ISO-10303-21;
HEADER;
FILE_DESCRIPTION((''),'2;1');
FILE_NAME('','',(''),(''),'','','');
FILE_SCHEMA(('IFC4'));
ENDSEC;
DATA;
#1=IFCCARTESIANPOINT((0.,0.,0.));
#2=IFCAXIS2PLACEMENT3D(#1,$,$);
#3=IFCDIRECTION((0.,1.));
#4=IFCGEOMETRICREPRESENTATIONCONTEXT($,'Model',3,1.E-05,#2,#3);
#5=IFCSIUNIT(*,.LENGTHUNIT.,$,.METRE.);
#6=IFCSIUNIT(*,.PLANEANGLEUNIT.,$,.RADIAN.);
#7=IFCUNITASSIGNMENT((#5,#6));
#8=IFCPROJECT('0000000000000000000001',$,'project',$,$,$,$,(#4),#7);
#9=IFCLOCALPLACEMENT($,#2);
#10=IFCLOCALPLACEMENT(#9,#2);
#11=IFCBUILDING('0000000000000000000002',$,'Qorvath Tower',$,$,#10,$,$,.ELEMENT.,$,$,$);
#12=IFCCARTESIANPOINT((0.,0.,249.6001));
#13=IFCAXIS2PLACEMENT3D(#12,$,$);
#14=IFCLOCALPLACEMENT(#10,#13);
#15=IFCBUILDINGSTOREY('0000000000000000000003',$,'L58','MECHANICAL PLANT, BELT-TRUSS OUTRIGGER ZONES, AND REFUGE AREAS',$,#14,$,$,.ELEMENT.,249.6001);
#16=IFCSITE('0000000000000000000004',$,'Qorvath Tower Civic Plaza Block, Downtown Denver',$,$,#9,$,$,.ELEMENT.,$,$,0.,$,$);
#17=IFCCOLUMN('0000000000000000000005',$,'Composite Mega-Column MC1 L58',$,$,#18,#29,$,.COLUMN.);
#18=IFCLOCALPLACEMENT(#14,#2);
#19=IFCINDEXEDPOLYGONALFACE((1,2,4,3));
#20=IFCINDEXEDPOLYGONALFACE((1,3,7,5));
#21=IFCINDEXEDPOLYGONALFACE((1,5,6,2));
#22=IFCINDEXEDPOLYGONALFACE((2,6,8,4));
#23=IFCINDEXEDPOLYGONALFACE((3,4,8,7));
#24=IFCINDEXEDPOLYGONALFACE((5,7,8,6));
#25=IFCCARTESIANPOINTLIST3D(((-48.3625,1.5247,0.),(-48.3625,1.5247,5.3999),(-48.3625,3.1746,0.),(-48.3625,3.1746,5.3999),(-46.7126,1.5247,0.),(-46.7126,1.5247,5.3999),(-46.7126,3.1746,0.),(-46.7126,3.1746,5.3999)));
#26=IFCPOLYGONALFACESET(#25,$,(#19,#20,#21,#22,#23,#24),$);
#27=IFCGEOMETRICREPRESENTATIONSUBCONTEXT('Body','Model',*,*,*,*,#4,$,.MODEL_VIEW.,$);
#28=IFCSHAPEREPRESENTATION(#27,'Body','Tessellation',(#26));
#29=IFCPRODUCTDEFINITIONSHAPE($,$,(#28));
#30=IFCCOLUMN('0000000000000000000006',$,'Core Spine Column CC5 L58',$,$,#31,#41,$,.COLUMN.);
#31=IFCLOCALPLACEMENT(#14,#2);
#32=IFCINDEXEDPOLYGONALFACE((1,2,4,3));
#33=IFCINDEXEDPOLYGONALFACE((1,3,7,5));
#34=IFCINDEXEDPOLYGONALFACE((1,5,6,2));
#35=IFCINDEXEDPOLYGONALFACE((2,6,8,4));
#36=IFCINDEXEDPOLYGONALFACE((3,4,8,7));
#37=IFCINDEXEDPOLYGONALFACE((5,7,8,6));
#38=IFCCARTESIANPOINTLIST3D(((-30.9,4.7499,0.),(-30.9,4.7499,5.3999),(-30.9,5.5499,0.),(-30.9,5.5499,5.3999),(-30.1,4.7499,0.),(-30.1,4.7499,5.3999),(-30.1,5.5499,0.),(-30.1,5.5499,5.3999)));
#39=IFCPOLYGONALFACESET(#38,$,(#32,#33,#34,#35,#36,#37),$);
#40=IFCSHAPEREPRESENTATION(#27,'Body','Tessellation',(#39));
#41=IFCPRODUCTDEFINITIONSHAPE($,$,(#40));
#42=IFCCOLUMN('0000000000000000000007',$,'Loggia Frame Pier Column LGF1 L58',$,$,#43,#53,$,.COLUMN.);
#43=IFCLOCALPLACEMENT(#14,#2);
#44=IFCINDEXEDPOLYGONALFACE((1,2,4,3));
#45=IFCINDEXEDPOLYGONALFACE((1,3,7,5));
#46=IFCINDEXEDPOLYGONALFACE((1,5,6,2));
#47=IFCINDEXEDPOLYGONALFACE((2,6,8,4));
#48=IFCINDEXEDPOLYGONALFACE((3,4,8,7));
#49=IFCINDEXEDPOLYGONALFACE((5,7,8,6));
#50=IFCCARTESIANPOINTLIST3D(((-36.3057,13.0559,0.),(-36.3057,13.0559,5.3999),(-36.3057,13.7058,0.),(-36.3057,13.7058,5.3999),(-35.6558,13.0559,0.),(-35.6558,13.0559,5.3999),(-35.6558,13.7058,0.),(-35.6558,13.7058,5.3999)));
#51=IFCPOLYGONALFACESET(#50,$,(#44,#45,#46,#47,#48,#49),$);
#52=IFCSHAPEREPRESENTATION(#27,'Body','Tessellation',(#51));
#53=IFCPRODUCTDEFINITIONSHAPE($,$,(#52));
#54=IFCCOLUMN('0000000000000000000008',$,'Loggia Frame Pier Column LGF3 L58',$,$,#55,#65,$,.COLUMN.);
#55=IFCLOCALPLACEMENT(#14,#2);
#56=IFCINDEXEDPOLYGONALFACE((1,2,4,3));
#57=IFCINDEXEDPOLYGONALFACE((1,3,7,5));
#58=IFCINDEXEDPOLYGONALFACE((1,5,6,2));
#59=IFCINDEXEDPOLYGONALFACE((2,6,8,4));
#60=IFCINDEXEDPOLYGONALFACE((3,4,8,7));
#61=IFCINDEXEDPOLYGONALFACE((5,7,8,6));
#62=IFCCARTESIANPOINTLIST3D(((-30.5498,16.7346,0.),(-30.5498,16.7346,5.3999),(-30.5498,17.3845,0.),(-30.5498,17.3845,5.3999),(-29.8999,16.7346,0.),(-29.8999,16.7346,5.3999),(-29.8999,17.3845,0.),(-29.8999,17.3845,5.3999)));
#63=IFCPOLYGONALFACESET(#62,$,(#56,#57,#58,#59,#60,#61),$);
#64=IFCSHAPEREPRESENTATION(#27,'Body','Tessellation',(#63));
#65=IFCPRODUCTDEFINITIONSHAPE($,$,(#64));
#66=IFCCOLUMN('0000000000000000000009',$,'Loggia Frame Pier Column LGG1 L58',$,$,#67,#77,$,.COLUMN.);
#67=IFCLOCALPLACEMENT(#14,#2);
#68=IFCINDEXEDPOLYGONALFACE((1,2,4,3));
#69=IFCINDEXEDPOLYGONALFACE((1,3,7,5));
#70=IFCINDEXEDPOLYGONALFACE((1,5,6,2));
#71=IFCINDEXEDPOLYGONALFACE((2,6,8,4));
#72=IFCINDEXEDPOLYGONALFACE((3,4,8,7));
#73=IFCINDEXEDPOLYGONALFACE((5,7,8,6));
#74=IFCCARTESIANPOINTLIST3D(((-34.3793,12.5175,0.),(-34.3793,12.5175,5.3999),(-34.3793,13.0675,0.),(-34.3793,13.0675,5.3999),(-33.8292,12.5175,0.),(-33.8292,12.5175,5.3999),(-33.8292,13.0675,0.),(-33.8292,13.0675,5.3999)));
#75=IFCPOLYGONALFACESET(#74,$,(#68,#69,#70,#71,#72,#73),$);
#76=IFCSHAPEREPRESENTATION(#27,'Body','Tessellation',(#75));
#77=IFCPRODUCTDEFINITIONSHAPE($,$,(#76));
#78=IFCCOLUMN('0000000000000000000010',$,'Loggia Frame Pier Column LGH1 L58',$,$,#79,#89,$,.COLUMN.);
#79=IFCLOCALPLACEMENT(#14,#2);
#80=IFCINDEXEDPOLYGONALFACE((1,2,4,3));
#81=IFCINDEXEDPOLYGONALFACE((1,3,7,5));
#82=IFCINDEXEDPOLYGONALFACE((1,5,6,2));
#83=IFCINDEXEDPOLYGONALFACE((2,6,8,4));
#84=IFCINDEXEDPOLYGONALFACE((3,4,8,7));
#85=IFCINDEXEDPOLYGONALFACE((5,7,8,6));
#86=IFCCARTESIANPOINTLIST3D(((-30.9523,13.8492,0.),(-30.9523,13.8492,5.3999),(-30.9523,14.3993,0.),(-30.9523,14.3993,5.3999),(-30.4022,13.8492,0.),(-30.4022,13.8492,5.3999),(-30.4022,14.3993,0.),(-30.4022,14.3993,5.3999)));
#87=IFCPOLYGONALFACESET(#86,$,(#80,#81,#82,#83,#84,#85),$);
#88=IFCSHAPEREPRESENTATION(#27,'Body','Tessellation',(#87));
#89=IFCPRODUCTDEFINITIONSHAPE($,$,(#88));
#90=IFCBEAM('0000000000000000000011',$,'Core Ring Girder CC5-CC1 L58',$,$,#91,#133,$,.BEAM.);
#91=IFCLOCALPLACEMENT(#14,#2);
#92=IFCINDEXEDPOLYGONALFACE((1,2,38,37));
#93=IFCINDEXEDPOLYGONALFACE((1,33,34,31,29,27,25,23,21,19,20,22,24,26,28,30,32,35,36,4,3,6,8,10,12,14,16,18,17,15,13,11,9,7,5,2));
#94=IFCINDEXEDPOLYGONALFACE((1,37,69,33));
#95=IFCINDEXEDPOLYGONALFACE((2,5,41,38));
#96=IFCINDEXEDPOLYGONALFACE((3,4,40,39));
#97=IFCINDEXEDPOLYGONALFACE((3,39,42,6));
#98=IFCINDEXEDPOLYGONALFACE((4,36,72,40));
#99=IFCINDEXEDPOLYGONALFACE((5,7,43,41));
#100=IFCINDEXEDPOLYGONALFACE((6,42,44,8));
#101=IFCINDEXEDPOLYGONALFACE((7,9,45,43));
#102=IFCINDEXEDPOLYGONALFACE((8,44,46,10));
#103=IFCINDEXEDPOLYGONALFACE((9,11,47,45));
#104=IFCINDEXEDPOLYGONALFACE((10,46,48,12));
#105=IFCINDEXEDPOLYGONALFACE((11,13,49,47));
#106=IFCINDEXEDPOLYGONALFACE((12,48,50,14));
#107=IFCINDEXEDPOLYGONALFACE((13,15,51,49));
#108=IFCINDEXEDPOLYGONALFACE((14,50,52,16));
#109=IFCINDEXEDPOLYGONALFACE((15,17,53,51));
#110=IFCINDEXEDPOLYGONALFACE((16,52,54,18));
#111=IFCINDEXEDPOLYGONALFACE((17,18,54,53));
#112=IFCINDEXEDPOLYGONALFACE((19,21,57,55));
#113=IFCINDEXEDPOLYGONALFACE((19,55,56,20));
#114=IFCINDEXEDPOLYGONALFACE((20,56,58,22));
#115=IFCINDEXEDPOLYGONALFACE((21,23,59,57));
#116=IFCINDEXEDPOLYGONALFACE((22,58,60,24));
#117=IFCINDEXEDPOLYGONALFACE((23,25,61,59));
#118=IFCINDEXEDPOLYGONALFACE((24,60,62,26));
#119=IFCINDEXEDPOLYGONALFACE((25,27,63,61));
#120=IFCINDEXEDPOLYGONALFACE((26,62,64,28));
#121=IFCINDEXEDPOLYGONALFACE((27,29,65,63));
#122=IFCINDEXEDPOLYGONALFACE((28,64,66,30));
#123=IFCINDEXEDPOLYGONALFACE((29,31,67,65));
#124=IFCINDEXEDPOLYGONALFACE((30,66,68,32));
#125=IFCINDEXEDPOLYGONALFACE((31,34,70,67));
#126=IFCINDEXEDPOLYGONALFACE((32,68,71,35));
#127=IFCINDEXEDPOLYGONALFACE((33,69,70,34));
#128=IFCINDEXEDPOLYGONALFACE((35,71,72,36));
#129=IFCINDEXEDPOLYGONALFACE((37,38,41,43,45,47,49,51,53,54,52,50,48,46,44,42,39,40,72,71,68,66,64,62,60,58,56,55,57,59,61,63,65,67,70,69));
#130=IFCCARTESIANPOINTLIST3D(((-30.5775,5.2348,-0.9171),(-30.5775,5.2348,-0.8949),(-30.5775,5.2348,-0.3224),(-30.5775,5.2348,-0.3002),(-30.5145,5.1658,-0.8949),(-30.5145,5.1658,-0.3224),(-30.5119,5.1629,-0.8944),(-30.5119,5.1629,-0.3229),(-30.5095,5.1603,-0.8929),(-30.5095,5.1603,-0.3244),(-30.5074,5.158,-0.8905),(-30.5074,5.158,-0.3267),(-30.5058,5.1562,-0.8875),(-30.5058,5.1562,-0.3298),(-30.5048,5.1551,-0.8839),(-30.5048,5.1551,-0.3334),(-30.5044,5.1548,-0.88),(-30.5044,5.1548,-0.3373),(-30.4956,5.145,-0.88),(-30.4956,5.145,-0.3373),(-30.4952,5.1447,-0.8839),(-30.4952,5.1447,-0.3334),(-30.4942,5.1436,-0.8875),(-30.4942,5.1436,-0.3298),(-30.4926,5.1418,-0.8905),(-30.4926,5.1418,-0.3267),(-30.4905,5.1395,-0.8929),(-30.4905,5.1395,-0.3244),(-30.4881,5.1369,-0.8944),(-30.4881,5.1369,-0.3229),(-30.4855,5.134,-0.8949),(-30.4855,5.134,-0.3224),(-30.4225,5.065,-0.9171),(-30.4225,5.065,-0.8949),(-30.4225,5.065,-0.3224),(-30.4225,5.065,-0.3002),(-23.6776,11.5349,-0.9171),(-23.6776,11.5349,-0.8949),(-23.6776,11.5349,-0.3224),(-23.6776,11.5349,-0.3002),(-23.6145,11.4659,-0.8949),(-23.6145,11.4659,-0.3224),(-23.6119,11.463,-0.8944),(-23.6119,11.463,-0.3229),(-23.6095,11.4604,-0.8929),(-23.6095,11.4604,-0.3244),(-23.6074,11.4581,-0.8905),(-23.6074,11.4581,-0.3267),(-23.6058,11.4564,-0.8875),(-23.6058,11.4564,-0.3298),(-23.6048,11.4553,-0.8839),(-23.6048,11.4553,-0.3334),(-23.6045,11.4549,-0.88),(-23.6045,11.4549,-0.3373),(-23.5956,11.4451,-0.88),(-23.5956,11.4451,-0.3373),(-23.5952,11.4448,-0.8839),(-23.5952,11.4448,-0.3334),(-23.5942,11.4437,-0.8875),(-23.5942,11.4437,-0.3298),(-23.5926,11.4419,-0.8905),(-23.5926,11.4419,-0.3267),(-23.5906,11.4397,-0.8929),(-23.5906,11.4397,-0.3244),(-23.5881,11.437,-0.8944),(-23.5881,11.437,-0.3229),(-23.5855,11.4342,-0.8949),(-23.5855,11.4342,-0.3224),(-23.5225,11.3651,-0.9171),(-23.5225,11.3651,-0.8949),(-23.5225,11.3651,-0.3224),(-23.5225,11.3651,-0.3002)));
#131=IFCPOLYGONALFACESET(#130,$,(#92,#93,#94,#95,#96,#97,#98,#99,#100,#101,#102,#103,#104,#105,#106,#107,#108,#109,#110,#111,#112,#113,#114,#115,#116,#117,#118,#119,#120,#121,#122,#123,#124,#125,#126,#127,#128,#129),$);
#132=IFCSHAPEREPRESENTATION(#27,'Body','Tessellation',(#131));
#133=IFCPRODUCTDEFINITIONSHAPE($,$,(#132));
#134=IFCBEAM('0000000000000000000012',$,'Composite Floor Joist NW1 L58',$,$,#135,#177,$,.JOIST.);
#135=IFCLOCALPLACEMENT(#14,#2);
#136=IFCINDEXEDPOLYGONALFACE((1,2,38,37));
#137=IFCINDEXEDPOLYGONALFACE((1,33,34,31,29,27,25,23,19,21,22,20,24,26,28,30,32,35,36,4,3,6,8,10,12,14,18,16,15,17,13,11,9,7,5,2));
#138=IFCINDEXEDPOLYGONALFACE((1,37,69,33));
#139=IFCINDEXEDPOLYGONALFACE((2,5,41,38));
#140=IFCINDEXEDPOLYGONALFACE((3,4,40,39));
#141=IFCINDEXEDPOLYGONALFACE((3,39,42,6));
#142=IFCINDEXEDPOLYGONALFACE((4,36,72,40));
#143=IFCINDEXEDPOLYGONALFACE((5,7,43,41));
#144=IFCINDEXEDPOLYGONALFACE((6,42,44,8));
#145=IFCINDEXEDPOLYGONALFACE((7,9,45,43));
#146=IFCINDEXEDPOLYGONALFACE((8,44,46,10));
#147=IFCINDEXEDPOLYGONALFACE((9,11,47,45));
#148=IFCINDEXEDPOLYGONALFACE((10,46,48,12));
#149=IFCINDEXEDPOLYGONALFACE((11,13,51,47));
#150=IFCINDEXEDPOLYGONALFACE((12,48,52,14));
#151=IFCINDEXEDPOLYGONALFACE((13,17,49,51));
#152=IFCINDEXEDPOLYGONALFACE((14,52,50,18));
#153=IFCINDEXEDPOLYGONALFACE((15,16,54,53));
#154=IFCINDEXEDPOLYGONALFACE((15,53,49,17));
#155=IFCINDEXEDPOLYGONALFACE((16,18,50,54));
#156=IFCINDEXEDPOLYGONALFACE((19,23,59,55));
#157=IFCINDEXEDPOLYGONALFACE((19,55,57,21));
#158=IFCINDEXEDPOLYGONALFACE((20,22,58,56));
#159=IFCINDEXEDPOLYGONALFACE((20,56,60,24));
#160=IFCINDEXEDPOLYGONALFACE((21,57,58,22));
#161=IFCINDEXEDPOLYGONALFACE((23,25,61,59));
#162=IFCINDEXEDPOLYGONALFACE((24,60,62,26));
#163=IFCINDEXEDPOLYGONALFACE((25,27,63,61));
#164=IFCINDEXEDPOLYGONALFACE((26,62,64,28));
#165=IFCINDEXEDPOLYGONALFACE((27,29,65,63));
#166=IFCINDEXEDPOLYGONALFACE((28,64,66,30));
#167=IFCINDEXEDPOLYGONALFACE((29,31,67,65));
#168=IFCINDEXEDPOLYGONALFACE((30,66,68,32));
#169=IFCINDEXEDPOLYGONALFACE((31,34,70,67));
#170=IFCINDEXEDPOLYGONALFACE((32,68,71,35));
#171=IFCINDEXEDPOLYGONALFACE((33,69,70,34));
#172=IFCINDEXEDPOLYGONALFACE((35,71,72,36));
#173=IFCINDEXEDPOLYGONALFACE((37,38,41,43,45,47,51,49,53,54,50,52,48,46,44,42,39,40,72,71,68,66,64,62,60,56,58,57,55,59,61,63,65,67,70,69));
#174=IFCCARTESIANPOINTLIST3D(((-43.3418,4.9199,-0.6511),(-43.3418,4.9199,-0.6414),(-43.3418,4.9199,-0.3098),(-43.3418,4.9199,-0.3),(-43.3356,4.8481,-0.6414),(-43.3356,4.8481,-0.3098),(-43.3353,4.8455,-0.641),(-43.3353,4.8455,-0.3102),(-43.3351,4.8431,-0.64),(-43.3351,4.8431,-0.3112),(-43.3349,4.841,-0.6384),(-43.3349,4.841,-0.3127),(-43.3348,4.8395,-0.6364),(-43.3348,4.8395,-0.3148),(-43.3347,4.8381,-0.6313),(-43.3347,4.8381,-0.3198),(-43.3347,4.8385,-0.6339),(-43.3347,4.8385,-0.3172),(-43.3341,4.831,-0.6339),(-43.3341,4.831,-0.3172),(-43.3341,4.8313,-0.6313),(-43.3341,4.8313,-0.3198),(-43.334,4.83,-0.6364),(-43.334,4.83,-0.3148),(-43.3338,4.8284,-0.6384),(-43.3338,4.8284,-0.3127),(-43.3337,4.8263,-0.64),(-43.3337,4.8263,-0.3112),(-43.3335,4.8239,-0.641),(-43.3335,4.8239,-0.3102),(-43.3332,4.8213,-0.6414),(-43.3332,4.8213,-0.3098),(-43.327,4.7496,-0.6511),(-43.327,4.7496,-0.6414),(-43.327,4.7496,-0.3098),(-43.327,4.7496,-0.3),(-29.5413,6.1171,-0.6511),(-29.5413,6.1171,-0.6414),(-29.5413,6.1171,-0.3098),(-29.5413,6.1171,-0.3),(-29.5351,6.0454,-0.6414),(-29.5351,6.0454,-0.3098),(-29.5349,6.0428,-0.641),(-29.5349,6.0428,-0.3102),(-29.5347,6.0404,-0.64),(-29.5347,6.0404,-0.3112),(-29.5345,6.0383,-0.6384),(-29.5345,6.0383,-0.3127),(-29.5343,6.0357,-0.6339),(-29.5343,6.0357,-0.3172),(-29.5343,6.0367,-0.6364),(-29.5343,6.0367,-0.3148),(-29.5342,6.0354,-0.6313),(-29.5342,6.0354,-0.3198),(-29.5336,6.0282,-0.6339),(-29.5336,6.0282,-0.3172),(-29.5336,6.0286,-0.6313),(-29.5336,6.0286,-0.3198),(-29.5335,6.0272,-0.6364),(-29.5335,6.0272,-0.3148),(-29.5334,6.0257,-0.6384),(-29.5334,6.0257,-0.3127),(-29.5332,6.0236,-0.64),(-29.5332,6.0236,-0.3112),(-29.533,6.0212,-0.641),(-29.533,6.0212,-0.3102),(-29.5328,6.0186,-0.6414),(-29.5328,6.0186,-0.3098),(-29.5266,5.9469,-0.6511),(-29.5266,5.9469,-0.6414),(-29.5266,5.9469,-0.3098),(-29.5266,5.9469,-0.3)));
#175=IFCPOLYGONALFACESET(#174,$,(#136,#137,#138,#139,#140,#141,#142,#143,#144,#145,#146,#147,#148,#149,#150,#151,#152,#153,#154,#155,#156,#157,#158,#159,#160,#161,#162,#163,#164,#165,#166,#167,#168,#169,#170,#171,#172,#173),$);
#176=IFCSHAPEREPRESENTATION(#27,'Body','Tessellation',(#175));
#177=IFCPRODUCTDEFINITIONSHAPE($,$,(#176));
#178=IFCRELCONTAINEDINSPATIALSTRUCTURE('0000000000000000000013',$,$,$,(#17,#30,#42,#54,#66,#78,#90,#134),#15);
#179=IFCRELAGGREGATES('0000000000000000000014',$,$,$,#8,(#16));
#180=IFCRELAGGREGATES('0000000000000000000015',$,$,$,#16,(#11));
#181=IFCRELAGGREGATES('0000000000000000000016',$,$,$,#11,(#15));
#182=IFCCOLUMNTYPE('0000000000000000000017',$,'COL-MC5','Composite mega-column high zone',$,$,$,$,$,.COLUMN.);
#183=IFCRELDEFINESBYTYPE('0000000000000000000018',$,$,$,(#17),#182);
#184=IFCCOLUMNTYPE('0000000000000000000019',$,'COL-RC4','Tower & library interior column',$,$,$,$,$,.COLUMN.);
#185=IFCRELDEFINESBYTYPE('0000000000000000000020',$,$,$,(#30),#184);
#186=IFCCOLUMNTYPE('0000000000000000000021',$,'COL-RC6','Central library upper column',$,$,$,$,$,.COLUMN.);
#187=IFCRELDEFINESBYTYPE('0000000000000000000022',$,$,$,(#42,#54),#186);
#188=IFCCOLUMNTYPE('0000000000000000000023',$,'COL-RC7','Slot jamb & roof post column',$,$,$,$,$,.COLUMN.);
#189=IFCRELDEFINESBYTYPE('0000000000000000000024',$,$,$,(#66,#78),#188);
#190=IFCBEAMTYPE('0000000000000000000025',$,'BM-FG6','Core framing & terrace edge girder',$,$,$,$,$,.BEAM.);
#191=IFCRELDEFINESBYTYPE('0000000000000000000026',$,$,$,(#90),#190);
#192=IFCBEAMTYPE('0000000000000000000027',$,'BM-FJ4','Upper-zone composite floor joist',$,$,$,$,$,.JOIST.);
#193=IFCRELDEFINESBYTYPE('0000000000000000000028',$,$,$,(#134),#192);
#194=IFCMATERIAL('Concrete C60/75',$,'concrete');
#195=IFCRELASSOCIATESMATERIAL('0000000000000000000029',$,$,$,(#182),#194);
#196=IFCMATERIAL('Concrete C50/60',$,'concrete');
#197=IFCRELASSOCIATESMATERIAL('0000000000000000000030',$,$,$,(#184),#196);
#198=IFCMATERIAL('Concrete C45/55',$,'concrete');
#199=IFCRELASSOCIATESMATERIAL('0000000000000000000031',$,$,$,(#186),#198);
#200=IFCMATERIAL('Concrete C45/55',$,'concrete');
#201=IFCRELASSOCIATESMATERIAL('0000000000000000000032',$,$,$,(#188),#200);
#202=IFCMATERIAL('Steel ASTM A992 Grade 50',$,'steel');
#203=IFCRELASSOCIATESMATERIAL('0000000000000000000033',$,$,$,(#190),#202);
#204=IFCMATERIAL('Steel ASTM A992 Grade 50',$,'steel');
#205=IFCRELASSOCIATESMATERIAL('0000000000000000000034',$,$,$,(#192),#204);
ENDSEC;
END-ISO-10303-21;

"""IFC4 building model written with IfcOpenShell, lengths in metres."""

from ifc_helpers import new_model, si_unit, direction, frame, origin, origin_2d, place, context, subcontext, project, spatial, rectangle, i_section, extrude, material, material_profile, profile_set, type_object, element, save


model = new_model("IFC4")

# Units and contexts
model_context = context("Model", 3, precision=1e-05, world=origin(), true_north=direction((0.0, 1.0)))
body_context = subcontext(model_context, "Body", "Model", "MODEL_VIEW")
ifc_project = project(units=[si_unit("LENGTHUNIT", "METRE"), si_unit("PLANEANGLEUNIT", "RADIAN")], contexts=[model_context])

# Site, building, storey
site_placement = place(None, origin())
site = spatial("IfcSite", under=ifc_project, at=site_placement, Name="Qorvath Tower Civic Plaza Block, Downtown Denver", CompositionType="ELEMENT", RefElevation=0.0)
building_placement = place(site_placement, origin())
building = spatial("IfcBuilding", under=site, at=building_placement, Name="Qorvath Tower", CompositionType="ELEMENT")
storey_placement = place(building_placement, frame((0.0, 0.0, 249.6001)))
storey = spatial("IfcBuildingStorey", under=building, at=storey_placement, Name="L58", Description="MECHANICAL PLANT, BELT-TRUSS OUTRIGGER ZONES, AND REFUGE AREAS", CompositionType="ELEMENT", Elevation=249.6001)

# Columns
ifc_material_1 = material(Name="Concrete C60/75", Category="concrete")
ifc_material_profile_1 = material_profile(ifc_material_1, rectangle(XDim=1.6499, YDim=1.6499, at=origin_2d()), Name="MC 1650x1650")
ifc_profile_set_1 = profile_set([ifc_material_profile_1], Name="Concrete C60/75")
column_type_1 = type_object("IfcColumnType", Name="COL-MC5", Description="Composite mega-column high zone", PredefinedType="COLUMN", material=ifc_profile_set_1)
column_1_placement = place(storey_placement, frame((-47.5376, 2.3496, 0.0), z_axis=(0.0, 0.0, 1.0), x_axis=(1.0, 0.0, 0.0)))
element("IfcColumn", 1, at=column_1_placement, inside=storey, type_object=column_type_1, Name="Composite Mega-Column MC1 L58", PredefinedType="COLUMN", context=body_context, shape_type="SweptSolid", body=[
    extrude(rectangle(XDim=1.6499, YDim=1.6499, at=origin_2d()), origin(), (0.0, 0.0, 1.0), 5.3999),
])
ifc_material_2 = material(Name="Concrete C50/60", Category="concrete")
ifc_material_profile_2 = material_profile(ifc_material_2, rectangle(XDim=0.8, YDim=0.8, at=origin_2d()), Name="RC 800x800")
ifc_profile_set_2 = profile_set([ifc_material_profile_2], Name="Concrete C50/60")
column_type_2 = type_object("IfcColumnType", Name="COL-RC4", Description="Tower & library interior column", PredefinedType="COLUMN", material=ifc_profile_set_2)
column_2_placement = place(storey_placement, frame((-30.5, 5.1499, 0.0), z_axis=(0.0, 0.0, 1.0), x_axis=(1.0, 0.0, 0.0)))
element("IfcColumn", 2, at=column_2_placement, inside=storey, type_object=column_type_2, Name="Core Spine Column CC5 L58", PredefinedType="COLUMN", context=body_context, shape_type="SweptSolid", body=[
    extrude(rectangle(XDim=0.8, YDim=0.8, at=origin_2d()), origin(), (0.0, 0.0, 1.0), 5.3999),
])
ifc_material_3 = material(Name="Concrete C45/55", Category="concrete")
ifc_material_profile_3 = material_profile(ifc_material_3, rectangle(XDim=0.6499, YDim=0.6499, at=origin_2d()), Name="RC 650x650")
ifc_profile_set_3 = profile_set([ifc_material_profile_3], Name="Concrete C45/55")
column_type_3 = type_object("IfcColumnType", Name="COL-RC6", Description="Central library upper column", PredefinedType="COLUMN", material=ifc_profile_set_3)
for number, where, z_axis, x_axis, name in (
    (3, (-35.9807, 13.3809, 0.0), (0.0, 0.0, 1.0), (1.0, 0.0, 0.0), "Loggia Frame Pier Column LGF1 L58"),
    (4, (-30.2249, 17.0596, 0.0), (0.0, 0.0, 1.0), (1.0, 0.0, 0.0), "Loggia Frame Pier Column LGF3 L58"),
):
    element("IfcColumn", number, at=place(storey_placement, frame(where, z_axis=z_axis, x_axis=x_axis)), inside=storey, type_object=column_type_3, Name=name, PredefinedType="COLUMN", context=body_context, shape_type="SweptSolid", body=[
        extrude(rectangle(XDim=0.6499, YDim=0.6499, at=origin_2d()), origin(), (0.0, 0.0, 1.0), 5.3999),
    ])
ifc_material_4 = material(Name="Concrete C45/55", Category="concrete")
ifc_material_profile_4 = material_profile(ifc_material_4, rectangle(XDim=0.55, YDim=0.55, at=origin_2d()), Name="RC 550x550")
ifc_profile_set_4 = profile_set([ifc_material_profile_4], Name="Concrete C45/55")
column_type_4 = type_object("IfcColumnType", Name="COL-RC7", Description="Slot jamb & roof post column", PredefinedType="COLUMN", material=ifc_profile_set_4)
for number, where, z_axis, x_axis, name in (
    (5, (-34.1042, 12.7925, 0.0), (0.0, 0.0, 1.0), (1.0, 0.0, 0.0), "Loggia Frame Pier Column LGG1 L58"),
    (6, (-30.6772, 14.1243, 0.0), (0.0, 0.0, 1.0), (1.0, 0.0, 0.0), "Loggia Frame Pier Column LGH1 L58"),
):
    element("IfcColumn", number, at=place(storey_placement, frame(where, z_axis=z_axis, x_axis=x_axis)), inside=storey, type_object=column_type_4, Name=name, PredefinedType="COLUMN", context=body_context, shape_type="SweptSolid", body=[
        extrude(rectangle(XDim=0.55, YDim=0.55, at=origin_2d()), origin(), (0.0, 0.0, 1.0), 5.3999),
    ])

# Beams
ifc_material_5 = material(Name="Steel ASTM A992 Grade 50", Category="steel")
ifc_material_profile_5 = material_profile(ifc_material_5, i_section(OverallWidth=0.23, OverallDepth=0.6169, WebThickness=0.0132, FlangeThickness=0.0222, FilletRadius=0.0149, at=origin_2d()), Name="W24x94")
ifc_profile_set_5 = profile_set([ifc_material_profile_5], Name="Steel ASTM A992 Grade 50")
beam_type_1 = type_object("IfcBeamType", Name="BM-FG6", Description="Core framing & terrace edge girder", PredefinedType="BEAM", material=ifc_profile_set_5)
beam_1_placement = place(storey_placement, frame((-30.5, 5.1499, -0.6086), z_axis=(0.738478, 0.674277, 0.0), x_axis=(-0.674277, 0.738478, 0.0)))
element("IfcBeam", 7, at=beam_1_placement, inside=storey, type_object=beam_type_1, Name="Core Ring Girder CC5-CC1 L58", PredefinedType="BEAM", context=body_context, shape_type="SweptSolid", body=[
    extrude(i_section(OverallWidth=0.23, OverallDepth=0.6169, WebThickness=0.0132, FlangeThickness=0.0222, FilletRadius=0.0149, at=origin_2d()), origin(), (0.0, 0.0, 1.0), 9.3435),
])
ifc_material_6 = material(Name="Steel ASTM A992 Grade 50", Category="steel")
ifc_material_profile_6 = material_profile(ifc_material_6, i_section(OverallWidth=0.1709, OverallDepth=0.3511, WebThickness=0.0068, FlangeThickness=0.0098, FilletRadius=0.01, at=origin_2d()), Name="W14x30")
ifc_profile_set_6 = profile_set([ifc_material_profile_6], Name="Steel ASTM A992 Grade 50")
beam_type_2 = type_object("IfcBeamType", Name="BM-FJ4", Description="Upper-zone composite floor joist", PredefinedType="JOIST", material=ifc_profile_set_6)
beam_2_placement = place(storey_placement, frame((-29.5339, 6.032, -0.4756), z_axis=(-0.996258, -0.08643, 0.0), x_axis=(0.08643, -0.996258, 0.0)))
element("IfcBeam", 8, at=beam_2_placement, inside=storey, type_object=beam_type_2, Name="Composite Floor Joist NW1 L58", PredefinedType="JOIST", context=body_context, shape_type="SweptSolid", body=[
    extrude(i_section(OverallWidth=0.1709, OverallDepth=0.3511, WebThickness=0.0068, FlangeThickness=0.0098, FilletRadius=0.01, at=origin_2d()), origin(), (0.0, 0.0, 1.0), 13.8523),
])

save(model, "model.ifc")
